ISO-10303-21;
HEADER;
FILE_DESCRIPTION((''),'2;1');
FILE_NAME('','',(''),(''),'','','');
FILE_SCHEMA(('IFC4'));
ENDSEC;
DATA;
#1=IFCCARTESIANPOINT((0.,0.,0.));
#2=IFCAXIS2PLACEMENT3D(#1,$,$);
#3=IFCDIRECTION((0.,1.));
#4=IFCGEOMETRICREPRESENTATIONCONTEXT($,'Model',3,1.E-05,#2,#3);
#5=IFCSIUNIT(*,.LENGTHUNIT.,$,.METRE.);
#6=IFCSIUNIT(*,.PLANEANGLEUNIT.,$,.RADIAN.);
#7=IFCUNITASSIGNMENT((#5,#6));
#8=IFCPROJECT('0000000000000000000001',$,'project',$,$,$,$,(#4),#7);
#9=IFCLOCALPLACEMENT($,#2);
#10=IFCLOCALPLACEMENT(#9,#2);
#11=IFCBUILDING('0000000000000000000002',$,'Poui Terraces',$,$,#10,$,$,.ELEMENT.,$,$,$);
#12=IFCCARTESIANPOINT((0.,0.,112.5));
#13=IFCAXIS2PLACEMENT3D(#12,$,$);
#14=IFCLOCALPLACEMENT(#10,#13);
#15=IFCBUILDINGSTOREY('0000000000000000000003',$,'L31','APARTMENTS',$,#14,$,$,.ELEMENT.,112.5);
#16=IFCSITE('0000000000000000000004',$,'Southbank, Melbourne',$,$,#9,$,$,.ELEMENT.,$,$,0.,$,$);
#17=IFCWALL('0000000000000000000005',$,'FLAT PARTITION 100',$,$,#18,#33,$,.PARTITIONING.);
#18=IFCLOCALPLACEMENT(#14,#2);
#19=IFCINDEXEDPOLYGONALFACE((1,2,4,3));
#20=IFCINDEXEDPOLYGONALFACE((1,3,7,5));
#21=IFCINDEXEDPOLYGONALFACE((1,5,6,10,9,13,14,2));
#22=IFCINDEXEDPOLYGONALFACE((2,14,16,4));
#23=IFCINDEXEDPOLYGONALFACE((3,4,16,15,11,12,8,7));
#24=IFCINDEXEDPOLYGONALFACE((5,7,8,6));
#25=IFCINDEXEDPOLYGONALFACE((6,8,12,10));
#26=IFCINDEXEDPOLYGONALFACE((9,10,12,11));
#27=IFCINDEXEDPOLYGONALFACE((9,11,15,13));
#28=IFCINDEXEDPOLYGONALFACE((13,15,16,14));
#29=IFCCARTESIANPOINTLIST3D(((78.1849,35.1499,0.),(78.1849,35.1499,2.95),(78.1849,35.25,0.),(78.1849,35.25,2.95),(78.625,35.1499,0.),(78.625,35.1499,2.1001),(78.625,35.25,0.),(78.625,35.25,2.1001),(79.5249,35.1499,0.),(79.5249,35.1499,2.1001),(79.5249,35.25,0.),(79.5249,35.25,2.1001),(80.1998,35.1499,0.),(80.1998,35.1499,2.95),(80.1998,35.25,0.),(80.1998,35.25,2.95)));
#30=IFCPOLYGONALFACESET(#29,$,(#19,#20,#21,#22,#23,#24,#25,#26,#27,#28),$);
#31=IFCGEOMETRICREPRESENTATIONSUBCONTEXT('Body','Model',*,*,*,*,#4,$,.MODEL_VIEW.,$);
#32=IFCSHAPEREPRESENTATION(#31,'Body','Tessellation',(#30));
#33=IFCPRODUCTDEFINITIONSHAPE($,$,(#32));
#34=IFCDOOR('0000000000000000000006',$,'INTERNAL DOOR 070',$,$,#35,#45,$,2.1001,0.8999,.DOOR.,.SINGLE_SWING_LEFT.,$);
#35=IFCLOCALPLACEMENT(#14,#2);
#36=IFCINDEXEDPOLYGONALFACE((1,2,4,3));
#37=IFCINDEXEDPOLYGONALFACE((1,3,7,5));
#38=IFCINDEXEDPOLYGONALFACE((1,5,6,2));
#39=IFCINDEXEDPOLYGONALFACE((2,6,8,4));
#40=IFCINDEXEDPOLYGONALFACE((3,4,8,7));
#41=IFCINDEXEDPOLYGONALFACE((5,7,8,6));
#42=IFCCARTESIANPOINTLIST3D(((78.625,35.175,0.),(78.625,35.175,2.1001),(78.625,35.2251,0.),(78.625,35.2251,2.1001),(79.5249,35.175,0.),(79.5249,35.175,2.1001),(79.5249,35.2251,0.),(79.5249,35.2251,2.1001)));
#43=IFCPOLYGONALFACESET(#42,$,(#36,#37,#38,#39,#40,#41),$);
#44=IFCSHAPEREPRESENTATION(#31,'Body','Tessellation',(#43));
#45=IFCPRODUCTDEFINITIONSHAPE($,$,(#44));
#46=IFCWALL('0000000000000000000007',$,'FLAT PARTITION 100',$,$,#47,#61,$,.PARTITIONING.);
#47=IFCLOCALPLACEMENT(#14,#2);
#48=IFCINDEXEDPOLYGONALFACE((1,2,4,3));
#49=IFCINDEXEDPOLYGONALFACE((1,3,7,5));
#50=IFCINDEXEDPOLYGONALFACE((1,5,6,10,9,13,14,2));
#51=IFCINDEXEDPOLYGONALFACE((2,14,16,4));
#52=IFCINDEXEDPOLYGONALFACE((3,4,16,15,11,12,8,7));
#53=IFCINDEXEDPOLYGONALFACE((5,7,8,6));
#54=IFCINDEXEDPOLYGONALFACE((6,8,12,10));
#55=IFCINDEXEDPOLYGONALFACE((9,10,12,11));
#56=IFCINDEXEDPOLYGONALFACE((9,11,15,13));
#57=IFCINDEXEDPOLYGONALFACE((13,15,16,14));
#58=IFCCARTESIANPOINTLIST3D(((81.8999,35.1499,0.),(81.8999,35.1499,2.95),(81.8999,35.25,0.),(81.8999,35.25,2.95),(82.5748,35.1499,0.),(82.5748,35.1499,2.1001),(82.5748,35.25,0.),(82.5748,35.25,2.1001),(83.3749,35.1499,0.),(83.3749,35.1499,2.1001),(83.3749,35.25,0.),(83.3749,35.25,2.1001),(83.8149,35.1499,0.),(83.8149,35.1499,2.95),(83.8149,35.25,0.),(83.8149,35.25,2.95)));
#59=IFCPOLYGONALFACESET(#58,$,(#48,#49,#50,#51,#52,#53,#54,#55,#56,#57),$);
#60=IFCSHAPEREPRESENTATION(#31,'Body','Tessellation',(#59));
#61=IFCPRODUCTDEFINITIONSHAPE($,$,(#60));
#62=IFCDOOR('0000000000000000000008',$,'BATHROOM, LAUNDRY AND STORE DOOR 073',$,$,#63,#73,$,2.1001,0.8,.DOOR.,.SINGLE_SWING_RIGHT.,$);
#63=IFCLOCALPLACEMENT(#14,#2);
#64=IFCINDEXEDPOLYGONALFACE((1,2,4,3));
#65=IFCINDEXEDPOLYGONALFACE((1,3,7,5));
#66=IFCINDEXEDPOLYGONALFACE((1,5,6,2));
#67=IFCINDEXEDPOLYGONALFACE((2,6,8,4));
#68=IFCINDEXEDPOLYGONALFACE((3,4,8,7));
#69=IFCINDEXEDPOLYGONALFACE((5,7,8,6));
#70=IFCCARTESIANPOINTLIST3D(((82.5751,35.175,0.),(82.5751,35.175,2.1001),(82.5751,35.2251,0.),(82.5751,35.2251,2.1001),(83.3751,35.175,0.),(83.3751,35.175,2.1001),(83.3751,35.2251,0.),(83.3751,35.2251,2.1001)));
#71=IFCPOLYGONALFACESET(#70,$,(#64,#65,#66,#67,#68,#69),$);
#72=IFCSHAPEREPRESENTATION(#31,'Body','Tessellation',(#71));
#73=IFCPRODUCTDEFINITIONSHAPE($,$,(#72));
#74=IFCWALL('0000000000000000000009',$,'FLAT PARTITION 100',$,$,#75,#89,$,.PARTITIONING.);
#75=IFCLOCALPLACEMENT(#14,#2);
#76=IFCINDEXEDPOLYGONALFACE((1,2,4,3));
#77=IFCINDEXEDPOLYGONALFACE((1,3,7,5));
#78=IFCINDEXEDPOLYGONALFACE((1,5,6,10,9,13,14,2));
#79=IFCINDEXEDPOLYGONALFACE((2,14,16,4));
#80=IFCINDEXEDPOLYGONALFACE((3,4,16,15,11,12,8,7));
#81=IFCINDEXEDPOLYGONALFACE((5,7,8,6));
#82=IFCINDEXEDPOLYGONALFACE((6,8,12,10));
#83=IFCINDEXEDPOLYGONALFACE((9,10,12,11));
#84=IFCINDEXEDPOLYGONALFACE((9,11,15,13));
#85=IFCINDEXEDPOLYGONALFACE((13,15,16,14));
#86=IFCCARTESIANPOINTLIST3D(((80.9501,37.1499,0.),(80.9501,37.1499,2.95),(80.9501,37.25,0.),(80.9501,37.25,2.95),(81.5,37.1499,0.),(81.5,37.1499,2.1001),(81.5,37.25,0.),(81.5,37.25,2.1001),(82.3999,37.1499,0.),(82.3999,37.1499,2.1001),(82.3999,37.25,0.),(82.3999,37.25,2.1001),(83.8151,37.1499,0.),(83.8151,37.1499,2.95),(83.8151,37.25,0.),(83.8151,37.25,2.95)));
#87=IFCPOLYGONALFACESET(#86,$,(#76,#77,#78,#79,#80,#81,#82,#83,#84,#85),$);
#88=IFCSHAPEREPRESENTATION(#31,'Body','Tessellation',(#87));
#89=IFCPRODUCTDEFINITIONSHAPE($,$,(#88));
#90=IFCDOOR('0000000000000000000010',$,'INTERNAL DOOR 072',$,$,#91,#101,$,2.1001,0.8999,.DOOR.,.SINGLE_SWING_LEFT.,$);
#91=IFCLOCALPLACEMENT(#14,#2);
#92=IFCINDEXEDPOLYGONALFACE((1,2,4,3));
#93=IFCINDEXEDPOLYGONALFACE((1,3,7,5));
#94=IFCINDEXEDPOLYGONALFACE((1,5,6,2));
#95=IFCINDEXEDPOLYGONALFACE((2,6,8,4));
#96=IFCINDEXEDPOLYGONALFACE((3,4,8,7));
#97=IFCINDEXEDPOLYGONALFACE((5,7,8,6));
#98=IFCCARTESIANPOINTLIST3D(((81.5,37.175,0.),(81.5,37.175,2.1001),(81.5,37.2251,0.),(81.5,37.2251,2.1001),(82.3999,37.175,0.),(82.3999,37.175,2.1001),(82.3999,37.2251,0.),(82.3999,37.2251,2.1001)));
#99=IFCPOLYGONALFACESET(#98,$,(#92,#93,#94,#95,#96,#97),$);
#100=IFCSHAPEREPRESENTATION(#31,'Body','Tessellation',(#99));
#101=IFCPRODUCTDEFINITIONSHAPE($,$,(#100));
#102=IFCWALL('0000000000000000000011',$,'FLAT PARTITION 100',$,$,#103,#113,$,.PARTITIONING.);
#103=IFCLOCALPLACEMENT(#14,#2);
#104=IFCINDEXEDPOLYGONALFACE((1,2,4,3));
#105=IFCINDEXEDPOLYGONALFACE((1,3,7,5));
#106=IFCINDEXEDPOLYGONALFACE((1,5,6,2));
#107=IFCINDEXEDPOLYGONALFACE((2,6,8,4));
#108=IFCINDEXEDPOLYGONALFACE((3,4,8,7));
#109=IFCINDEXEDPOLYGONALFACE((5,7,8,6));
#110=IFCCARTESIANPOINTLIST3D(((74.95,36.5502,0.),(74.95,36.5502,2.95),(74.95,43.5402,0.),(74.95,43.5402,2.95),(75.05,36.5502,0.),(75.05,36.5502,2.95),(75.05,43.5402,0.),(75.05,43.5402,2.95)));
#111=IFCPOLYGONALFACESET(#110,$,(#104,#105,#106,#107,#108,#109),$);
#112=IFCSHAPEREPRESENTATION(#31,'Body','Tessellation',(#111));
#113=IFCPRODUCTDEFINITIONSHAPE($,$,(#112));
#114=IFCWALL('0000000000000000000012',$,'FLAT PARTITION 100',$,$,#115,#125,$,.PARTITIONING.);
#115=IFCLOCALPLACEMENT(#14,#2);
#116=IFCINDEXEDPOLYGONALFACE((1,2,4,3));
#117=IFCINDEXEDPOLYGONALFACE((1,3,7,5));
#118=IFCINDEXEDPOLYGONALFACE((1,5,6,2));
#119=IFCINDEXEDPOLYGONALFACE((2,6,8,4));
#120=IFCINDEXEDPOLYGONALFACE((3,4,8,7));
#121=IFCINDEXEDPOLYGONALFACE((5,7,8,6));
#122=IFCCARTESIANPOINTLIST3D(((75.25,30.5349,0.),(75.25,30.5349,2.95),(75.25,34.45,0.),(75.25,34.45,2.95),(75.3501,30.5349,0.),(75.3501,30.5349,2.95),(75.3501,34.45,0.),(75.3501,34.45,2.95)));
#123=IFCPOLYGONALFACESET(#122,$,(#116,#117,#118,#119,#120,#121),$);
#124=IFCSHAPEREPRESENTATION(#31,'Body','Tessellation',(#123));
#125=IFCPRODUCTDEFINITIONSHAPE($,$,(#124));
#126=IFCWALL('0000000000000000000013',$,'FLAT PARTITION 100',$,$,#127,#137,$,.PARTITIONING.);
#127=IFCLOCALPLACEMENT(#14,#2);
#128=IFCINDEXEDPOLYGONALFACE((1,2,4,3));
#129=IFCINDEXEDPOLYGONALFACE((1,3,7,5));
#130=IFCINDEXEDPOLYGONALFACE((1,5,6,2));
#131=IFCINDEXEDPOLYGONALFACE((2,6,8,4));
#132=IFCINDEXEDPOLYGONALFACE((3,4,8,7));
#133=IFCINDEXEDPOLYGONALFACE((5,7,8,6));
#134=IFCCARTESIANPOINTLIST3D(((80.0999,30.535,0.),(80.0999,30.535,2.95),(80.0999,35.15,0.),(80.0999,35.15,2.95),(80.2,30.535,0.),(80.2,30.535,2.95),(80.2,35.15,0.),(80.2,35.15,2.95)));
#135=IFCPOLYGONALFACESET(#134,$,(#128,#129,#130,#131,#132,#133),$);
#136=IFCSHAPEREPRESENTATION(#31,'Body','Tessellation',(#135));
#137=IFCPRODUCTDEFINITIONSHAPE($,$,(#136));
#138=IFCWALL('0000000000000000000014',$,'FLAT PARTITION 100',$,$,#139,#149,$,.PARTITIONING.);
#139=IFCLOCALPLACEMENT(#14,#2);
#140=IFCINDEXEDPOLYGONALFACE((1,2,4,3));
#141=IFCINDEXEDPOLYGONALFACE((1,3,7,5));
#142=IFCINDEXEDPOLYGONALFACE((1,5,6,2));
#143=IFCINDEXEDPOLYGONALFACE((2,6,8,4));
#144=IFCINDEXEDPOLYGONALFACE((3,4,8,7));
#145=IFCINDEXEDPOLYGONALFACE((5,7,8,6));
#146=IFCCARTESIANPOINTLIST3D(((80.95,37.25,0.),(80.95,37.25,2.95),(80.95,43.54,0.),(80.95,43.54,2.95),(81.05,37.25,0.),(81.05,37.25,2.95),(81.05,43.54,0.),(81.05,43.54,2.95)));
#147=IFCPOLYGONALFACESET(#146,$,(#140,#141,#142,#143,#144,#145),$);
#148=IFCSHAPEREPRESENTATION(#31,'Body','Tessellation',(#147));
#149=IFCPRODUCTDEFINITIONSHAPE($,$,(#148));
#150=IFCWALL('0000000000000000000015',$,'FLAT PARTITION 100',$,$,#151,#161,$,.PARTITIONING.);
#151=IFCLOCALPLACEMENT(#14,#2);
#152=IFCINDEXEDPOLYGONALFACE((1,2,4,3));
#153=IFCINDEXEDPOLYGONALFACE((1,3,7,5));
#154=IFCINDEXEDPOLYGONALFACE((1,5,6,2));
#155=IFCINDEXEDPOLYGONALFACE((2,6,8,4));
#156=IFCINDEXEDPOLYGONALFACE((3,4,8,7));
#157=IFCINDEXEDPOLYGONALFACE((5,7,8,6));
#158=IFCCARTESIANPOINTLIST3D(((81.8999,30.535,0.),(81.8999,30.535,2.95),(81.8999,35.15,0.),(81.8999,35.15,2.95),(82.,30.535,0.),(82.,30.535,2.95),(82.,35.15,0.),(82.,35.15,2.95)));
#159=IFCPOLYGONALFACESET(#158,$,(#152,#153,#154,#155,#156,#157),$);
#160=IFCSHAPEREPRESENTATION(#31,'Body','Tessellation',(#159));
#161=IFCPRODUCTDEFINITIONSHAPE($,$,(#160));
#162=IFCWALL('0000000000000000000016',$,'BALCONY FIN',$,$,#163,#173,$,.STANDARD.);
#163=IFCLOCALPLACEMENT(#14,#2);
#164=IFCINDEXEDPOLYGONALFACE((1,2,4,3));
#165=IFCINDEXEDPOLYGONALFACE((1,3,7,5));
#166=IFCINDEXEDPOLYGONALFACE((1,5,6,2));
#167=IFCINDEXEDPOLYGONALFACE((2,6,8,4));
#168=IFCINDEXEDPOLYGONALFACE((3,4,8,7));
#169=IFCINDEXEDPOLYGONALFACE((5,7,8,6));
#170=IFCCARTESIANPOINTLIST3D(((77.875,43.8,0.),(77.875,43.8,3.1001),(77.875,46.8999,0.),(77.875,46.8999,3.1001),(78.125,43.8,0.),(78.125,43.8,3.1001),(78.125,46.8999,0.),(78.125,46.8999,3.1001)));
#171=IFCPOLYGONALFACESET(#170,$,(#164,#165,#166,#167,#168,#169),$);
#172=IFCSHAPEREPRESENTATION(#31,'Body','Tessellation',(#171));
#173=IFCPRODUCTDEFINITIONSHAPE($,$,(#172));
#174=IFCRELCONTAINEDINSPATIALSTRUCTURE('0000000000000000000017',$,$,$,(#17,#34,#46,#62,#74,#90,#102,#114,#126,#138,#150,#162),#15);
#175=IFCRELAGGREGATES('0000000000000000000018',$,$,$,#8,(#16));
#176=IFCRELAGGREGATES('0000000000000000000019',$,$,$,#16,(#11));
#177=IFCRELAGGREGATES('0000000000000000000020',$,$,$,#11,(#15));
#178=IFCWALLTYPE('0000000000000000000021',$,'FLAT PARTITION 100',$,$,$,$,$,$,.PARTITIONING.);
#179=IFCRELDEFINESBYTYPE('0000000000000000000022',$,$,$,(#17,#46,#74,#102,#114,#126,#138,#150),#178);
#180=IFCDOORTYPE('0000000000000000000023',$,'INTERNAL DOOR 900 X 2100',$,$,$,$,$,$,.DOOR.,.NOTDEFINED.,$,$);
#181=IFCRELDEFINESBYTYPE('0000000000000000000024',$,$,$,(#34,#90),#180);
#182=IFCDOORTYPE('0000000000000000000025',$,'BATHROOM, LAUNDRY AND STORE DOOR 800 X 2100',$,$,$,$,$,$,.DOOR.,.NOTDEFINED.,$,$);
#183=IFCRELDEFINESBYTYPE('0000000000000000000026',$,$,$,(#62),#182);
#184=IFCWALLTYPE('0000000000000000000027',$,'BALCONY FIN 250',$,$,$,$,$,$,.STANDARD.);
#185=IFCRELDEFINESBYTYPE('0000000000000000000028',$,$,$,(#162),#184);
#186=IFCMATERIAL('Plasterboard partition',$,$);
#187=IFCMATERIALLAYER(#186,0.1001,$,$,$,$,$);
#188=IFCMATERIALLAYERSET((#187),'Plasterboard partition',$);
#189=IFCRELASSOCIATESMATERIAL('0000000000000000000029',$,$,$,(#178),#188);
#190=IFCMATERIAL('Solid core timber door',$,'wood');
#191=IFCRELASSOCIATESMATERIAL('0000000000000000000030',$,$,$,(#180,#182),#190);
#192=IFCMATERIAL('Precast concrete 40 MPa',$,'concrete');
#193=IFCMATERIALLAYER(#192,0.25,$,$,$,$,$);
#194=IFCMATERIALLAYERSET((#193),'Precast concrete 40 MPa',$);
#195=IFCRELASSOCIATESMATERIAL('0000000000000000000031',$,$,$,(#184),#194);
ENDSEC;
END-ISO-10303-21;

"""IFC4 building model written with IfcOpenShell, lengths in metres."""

from ifc_helpers import new_model, si_unit, direction, frame, frame_2d, origin, place, context, subcontext, project, spatial, polyline, rectangle, outline, extrude, source, transform, mapped, material, layer, layer_set, type_object, element, fill, save


model = new_model("IFC4")

# Units and contexts
model_context = context("Model", 3, precision=1e-05, world=origin(), true_north=direction((0.0, 1.0)))
body_context = subcontext(model_context, "Body", "Model", "MODEL_VIEW")
ifc_project = project(units=[si_unit("LENGTHUNIT", "METRE"), si_unit("PLANEANGLEUNIT", "RADIAN")], contexts=[model_context])

# Site, building, storey
site_placement = place(None, origin())
site = spatial("IfcSite", under=ifc_project, at=site_placement, Name="Southbank, Melbourne", CompositionType="ELEMENT", RefElevation=0.0)
building_placement = place(site_placement, origin())
building = spatial("IfcBuilding", under=site, at=building_placement, Name="Poui Terraces", CompositionType="ELEMENT")
storey_placement = place(building_placement, frame((0.0, 0.0, 112.5)))
storey = spatial("IfcBuildingStorey", under=building, at=storey_placement, Name="L31", Description="APARTMENTS", CompositionType="ELEMENT", Elevation=112.5)

# Walls, openings, doors
ifc_material_1 = material(Name="Plasterboard partition")
ifc_layer_1 = layer(ifc_material_1, 0.1001)
ifc_layer_set_1 = layer_set([ifc_layer_1], Name="Plasterboard partition")
wall_type_1 = type_object("IfcWallType", Name="FLAT PARTITION 100", PredefinedType="PARTITIONING", material=ifc_layer_set_1)
wall_1_placement = place(storey_placement, frame((78.1851, 35.2, 0.0), z_axis=(0.0, 0.0, 1.0), x_axis=(1.0, 0.0, 0.0)))
wall_1 = element("IfcWall", 1, at=wall_1_placement, inside=storey, type_object=wall_type_1, Name="FLAT PARTITION 100", PredefinedType="PARTITIONING", context=body_context, shape_type="SweptSolid", body=[
    extrude(rectangle(XDim=2.0149, YDim=0.1001, at=frame_2d((1.0073, 0.0))), origin(), (0.0, 0.0, 1.0), 2.95),
])
opening_1_placement = place(wall_1_placement, frame((0.4399, 0.0, 0.0)))
opening_1 = element("IfcOpeningElement", 2, at=opening_1_placement, cuts=wall_1, PredefinedType="OPENING", context=body_context, shape_type="SweptSolid", body=[
    extrude(rectangle(XDim=0.8999, YDim=2.1001, at=frame_2d((0.45, 1.05))), frame((0.0, 0.0601, 0.0), z_axis=(0.0, -1.0, 0.0), x_axis=(1.0, 0.0, 0.0)), (0.0, 0.0, 1.0), 0.1201),
])
ifc_material_2 = material(Name="Solid core timber door", Category="wood")
door_type_1 = type_object("IfcDoorType", Name="INTERNAL DOOR 900 X 2100", OperationType="NOTDEFINED", PredefinedType="DOOR", material=ifc_material_2)
door_1_placement = place(opening_1_placement, frame((0.8999, 0.0, 0.0), z_axis=(0.0, 0.0, 1.0), x_axis=(-1.0, 0.0, 0.0)))
door_1 = element("IfcDoor", 3, at=door_1_placement, inside=storey, type_object=door_type_1, Name="INTERNAL DOOR 070", OperationType="SINGLE_SWING_LEFT", OverallHeight=2.1001, OverallWidth=0.8999, PredefinedType="DOOR", context=body_context, shape_type="SweptSolid", body=[
    extrude(rectangle(XDim=0.8999, YDim=2.1001, at=frame_2d((0.45, 1.05))), frame((0.0, 0.0249, 0.0), z_axis=(0.0, -1.0, 0.0), x_axis=(1.0, 0.0, 0.0)), (0.0, 0.0, 1.0), 0.05),
])
fill(opening_1, door_1)
wall_2_placement = place(storey_placement, frame((81.8999, 35.2, 0.0), z_axis=(0.0, 0.0, 1.0), x_axis=(1.0, 0.0, 0.0)))
wall_2 = element("IfcWall", 4, at=wall_2_placement, inside=storey, type_object=wall_type_1, Name="FLAT PARTITION 100", PredefinedType="PARTITIONING", context=body_context, shape_type="SweptSolid", body=[
    extrude(rectangle(XDim=1.915, YDim=0.1001, at=frame_2d((0.9575, 0.0))), origin(), (0.0, 0.0, 1.0), 2.95),
])
opening_2_placement = place(wall_2_placement, frame((0.675, 0.0, 0.0)))
opening_2 = element("IfcOpeningElement", 5, at=opening_2_placement, cuts=wall_2, PredefinedType="OPENING", context=body_context, shape_type="SweptSolid", body=[
    extrude(rectangle(XDim=0.8, YDim=2.1001, at=frame_2d((0.3999, 1.05))), frame((0.0, 0.0601, 0.0), z_axis=(0.0, -1.0, 0.0), x_axis=(1.0, 0.0, 0.0)), (0.0, 0.0, 1.0), 0.1201),
])
door_type_2 = type_object("IfcDoorType", Name="BATHROOM, LAUNDRY AND STORE DOOR 800 X 2100", OperationType="NOTDEFINED", PredefinedType="DOOR", material=ifc_material_2)
door_2_placement = place(opening_2_placement, frame((0.8, 0.0, 0.0), z_axis=(0.0, 0.0, 1.0), x_axis=(-1.0, 0.0, 0.0)))
door_2 = element("IfcDoor", 6, at=door_2_placement, inside=storey, type_object=door_type_2, Name="BATHROOM, LAUNDRY AND STORE DOOR 073", OperationType="SINGLE_SWING_RIGHT", OverallHeight=2.1001, OverallWidth=0.8, PredefinedType="DOOR", context=body_context, shape_type="SweptSolid", body=[
    extrude(rectangle(XDim=0.8, YDim=2.1001, at=frame_2d((0.3999, 1.05))), frame((0.0, 0.0249, 0.0), z_axis=(0.0, -1.0, 0.0), x_axis=(1.0, 0.0, 0.0)), (0.0, 0.0, 1.0), 0.05),
])
fill(opening_2, door_2)
wall_3_placement = place(storey_placement, frame((80.95, 37.2, 0.0), z_axis=(0.0, 0.0, 1.0), x_axis=(1.0, 0.0, 0.0)))
wall_3 = element("IfcWall", 7, at=wall_3_placement, inside=storey, type_object=wall_type_1, Name="FLAT PARTITION 100", PredefinedType="PARTITIONING", context=body_context, shape_type="SweptSolid", body=[
    extrude(rectangle(XDim=2.865, YDim=0.1001, at=frame_2d((1.4326, 0.0))), origin(), (0.0, 0.0, 1.0), 2.95),
])
opening_3_placement = place(wall_3_placement, frame((0.55, 0.0, 0.0)))
opening_3 = element("IfcOpeningElement", 8, at=opening_3_placement, cuts=wall_3, PredefinedType="OPENING", context=body_context, shape_type="SweptSolid", body=[
    extrude(rectangle(XDim=0.8999, YDim=2.1001, at=frame_2d((0.45, 1.05))), frame((0.0, 0.0601, 0.0), z_axis=(0.0, -1.0, 0.0), x_axis=(1.0, 0.0, 0.0)), (0.0, 0.0, 1.0), 0.1201),
])
door_3_placement = place(opening_3_placement, frame((0.8999, 0.0, 0.0), z_axis=(0.0, 0.0, 1.0), x_axis=(-1.0, 0.0, 0.0)))
door_3 = element("IfcDoor", 9, at=door_3_placement, inside=storey, type_object=door_type_1, Name="INTERNAL DOOR 072", OperationType="SINGLE_SWING_LEFT", OverallHeight=2.1001, OverallWidth=0.8999, PredefinedType="DOOR", context=body_context, shape_type="SweptSolid", body=[
    extrude(rectangle(XDim=0.8999, YDim=2.1001, at=frame_2d((0.45, 1.05))), frame((0.0, 0.0249, 0.0), z_axis=(0.0, -1.0, 0.0), x_axis=(1.0, 0.0, 0.0)), (0.0, 0.0, 1.0), 0.05),
])
fill(opening_3, door_3)

# Walls
wall_4_placement = place(storey_placement, frame((75.0, 36.55, 0.0), z_axis=(0.0, 0.0, 1.0), x_axis=(0.0, 1.0, 0.0)))
element("IfcWall", 10, at=wall_4_placement, inside=storey, type_object=wall_type_1, Name="FLAT PARTITION 100", PredefinedType="PARTITIONING", context=body_context, shape_type="SweptSolid", body=[
    extrude(rectangle(XDim=6.99, YDim=0.1001, at=frame_2d((3.4951, 0.0))), origin(), (0.0, 0.0, 1.0), 2.95),
])
wall_5_placement = place(storey_placement, frame((75.3, 30.5349, 0.0), z_axis=(0.0, 0.0, 1.0), x_axis=(0.0, 1.0, 0.0)))
element("IfcWall", 11, at=wall_5_placement, inside=storey, type_object=wall_type_1, Name="FLAT PARTITION 100", PredefinedType="PARTITIONING", context=body_context, shape_type="SweptSolid", body=[
    extrude(rectangle(XDim=3.915, YDim=0.1001, at=frame_2d((1.9575, 0.0))), origin(), (0.0, 0.0, 1.0), 2.95),
])
wall_6_placement = place(storey_placement, frame((80.1499, 30.5349, 0.0), z_axis=(0.0, 0.0, 1.0), x_axis=(0.0, 1.0, 0.0)))
element("IfcWall", 12, at=wall_6_placement, inside=storey, type_object=wall_type_1, Name="FLAT PARTITION 100", PredefinedType="PARTITIONING", context=body_context, shape_type="SweptSolid", body=[
    extrude(rectangle(XDim=4.615, YDim=0.1001, at=frame_2d((2.3076, 0.0))), origin(), (0.0, 0.0, 1.0), 2.95),
])
wall_7_placement = place(storey_placement, frame((81.0, 37.25, 0.0), z_axis=(0.0, 0.0, 1.0), x_axis=(0.0, 1.0, 0.0)))
element("IfcWall", 13, at=wall_7_placement, inside=storey, type_object=wall_type_1, Name="FLAT PARTITION 100", PredefinedType="PARTITIONING", context=body_context, shape_type="SweptSolid", body=[
    extrude(rectangle(XDim=6.29, YDim=0.1001, at=frame_2d((3.145, 0.0))), origin(), (0.0, 0.0, 1.0), 2.95),
])
wall_8_placement = place(storey_placement, frame((81.95, 30.5349, 0.0), z_axis=(0.0, 0.0, 1.0), x_axis=(0.0, 1.0, 0.0)))
element("IfcWall", 14, at=wall_8_placement, inside=storey, type_object=wall_type_1, Name="FLAT PARTITION 100", PredefinedType="PARTITIONING", context=body_context, shape_type="SweptSolid", body=[
    extrude(rectangle(XDim=4.615, YDim=0.1001, at=frame_2d((2.3076, 0.0))), origin(), (0.0, 0.0, 1.0), 2.95),
])
ifc_material_3 = material(Name="Precast concrete 40 MPa", Category="concrete")
ifc_layer_2 = layer(ifc_material_3, 0.25)
ifc_layer_set_2 = layer_set([ifc_layer_2], Name="Precast concrete 40 MPa")
wall_type_2 = type_object("IfcWallType", Name="BALCONY FIN 250", PredefinedType="STANDARD", material=ifc_layer_set_2)
shared_shape_1 = source(origin(), body_context, "Body", "SweptSolid", [
    extrude(outline(polyline([(0.0, 0.0), (0.25, 0.0), (0.25, 3.0999), (0.0, 3.0999), (0.0, 0.0)])), origin(), (0.0, 0.0, 1.0), 3.1001),
])
for number, where, name in (
    (15, (77.875, 43.8, 0.0), "BALCONY FIN"),
):
    element("IfcWall", number, at=place(storey_placement, frame(where)), inside=storey, type_object=wall_type_2, Name=name, PredefinedType="STANDARD", context=body_context, shape_type="MappedRepresentation", body=[
        mapped(shared_shape_1, transform((0.0, 0.0, 0.0))),
    ])

save(model, "model.ifc")
